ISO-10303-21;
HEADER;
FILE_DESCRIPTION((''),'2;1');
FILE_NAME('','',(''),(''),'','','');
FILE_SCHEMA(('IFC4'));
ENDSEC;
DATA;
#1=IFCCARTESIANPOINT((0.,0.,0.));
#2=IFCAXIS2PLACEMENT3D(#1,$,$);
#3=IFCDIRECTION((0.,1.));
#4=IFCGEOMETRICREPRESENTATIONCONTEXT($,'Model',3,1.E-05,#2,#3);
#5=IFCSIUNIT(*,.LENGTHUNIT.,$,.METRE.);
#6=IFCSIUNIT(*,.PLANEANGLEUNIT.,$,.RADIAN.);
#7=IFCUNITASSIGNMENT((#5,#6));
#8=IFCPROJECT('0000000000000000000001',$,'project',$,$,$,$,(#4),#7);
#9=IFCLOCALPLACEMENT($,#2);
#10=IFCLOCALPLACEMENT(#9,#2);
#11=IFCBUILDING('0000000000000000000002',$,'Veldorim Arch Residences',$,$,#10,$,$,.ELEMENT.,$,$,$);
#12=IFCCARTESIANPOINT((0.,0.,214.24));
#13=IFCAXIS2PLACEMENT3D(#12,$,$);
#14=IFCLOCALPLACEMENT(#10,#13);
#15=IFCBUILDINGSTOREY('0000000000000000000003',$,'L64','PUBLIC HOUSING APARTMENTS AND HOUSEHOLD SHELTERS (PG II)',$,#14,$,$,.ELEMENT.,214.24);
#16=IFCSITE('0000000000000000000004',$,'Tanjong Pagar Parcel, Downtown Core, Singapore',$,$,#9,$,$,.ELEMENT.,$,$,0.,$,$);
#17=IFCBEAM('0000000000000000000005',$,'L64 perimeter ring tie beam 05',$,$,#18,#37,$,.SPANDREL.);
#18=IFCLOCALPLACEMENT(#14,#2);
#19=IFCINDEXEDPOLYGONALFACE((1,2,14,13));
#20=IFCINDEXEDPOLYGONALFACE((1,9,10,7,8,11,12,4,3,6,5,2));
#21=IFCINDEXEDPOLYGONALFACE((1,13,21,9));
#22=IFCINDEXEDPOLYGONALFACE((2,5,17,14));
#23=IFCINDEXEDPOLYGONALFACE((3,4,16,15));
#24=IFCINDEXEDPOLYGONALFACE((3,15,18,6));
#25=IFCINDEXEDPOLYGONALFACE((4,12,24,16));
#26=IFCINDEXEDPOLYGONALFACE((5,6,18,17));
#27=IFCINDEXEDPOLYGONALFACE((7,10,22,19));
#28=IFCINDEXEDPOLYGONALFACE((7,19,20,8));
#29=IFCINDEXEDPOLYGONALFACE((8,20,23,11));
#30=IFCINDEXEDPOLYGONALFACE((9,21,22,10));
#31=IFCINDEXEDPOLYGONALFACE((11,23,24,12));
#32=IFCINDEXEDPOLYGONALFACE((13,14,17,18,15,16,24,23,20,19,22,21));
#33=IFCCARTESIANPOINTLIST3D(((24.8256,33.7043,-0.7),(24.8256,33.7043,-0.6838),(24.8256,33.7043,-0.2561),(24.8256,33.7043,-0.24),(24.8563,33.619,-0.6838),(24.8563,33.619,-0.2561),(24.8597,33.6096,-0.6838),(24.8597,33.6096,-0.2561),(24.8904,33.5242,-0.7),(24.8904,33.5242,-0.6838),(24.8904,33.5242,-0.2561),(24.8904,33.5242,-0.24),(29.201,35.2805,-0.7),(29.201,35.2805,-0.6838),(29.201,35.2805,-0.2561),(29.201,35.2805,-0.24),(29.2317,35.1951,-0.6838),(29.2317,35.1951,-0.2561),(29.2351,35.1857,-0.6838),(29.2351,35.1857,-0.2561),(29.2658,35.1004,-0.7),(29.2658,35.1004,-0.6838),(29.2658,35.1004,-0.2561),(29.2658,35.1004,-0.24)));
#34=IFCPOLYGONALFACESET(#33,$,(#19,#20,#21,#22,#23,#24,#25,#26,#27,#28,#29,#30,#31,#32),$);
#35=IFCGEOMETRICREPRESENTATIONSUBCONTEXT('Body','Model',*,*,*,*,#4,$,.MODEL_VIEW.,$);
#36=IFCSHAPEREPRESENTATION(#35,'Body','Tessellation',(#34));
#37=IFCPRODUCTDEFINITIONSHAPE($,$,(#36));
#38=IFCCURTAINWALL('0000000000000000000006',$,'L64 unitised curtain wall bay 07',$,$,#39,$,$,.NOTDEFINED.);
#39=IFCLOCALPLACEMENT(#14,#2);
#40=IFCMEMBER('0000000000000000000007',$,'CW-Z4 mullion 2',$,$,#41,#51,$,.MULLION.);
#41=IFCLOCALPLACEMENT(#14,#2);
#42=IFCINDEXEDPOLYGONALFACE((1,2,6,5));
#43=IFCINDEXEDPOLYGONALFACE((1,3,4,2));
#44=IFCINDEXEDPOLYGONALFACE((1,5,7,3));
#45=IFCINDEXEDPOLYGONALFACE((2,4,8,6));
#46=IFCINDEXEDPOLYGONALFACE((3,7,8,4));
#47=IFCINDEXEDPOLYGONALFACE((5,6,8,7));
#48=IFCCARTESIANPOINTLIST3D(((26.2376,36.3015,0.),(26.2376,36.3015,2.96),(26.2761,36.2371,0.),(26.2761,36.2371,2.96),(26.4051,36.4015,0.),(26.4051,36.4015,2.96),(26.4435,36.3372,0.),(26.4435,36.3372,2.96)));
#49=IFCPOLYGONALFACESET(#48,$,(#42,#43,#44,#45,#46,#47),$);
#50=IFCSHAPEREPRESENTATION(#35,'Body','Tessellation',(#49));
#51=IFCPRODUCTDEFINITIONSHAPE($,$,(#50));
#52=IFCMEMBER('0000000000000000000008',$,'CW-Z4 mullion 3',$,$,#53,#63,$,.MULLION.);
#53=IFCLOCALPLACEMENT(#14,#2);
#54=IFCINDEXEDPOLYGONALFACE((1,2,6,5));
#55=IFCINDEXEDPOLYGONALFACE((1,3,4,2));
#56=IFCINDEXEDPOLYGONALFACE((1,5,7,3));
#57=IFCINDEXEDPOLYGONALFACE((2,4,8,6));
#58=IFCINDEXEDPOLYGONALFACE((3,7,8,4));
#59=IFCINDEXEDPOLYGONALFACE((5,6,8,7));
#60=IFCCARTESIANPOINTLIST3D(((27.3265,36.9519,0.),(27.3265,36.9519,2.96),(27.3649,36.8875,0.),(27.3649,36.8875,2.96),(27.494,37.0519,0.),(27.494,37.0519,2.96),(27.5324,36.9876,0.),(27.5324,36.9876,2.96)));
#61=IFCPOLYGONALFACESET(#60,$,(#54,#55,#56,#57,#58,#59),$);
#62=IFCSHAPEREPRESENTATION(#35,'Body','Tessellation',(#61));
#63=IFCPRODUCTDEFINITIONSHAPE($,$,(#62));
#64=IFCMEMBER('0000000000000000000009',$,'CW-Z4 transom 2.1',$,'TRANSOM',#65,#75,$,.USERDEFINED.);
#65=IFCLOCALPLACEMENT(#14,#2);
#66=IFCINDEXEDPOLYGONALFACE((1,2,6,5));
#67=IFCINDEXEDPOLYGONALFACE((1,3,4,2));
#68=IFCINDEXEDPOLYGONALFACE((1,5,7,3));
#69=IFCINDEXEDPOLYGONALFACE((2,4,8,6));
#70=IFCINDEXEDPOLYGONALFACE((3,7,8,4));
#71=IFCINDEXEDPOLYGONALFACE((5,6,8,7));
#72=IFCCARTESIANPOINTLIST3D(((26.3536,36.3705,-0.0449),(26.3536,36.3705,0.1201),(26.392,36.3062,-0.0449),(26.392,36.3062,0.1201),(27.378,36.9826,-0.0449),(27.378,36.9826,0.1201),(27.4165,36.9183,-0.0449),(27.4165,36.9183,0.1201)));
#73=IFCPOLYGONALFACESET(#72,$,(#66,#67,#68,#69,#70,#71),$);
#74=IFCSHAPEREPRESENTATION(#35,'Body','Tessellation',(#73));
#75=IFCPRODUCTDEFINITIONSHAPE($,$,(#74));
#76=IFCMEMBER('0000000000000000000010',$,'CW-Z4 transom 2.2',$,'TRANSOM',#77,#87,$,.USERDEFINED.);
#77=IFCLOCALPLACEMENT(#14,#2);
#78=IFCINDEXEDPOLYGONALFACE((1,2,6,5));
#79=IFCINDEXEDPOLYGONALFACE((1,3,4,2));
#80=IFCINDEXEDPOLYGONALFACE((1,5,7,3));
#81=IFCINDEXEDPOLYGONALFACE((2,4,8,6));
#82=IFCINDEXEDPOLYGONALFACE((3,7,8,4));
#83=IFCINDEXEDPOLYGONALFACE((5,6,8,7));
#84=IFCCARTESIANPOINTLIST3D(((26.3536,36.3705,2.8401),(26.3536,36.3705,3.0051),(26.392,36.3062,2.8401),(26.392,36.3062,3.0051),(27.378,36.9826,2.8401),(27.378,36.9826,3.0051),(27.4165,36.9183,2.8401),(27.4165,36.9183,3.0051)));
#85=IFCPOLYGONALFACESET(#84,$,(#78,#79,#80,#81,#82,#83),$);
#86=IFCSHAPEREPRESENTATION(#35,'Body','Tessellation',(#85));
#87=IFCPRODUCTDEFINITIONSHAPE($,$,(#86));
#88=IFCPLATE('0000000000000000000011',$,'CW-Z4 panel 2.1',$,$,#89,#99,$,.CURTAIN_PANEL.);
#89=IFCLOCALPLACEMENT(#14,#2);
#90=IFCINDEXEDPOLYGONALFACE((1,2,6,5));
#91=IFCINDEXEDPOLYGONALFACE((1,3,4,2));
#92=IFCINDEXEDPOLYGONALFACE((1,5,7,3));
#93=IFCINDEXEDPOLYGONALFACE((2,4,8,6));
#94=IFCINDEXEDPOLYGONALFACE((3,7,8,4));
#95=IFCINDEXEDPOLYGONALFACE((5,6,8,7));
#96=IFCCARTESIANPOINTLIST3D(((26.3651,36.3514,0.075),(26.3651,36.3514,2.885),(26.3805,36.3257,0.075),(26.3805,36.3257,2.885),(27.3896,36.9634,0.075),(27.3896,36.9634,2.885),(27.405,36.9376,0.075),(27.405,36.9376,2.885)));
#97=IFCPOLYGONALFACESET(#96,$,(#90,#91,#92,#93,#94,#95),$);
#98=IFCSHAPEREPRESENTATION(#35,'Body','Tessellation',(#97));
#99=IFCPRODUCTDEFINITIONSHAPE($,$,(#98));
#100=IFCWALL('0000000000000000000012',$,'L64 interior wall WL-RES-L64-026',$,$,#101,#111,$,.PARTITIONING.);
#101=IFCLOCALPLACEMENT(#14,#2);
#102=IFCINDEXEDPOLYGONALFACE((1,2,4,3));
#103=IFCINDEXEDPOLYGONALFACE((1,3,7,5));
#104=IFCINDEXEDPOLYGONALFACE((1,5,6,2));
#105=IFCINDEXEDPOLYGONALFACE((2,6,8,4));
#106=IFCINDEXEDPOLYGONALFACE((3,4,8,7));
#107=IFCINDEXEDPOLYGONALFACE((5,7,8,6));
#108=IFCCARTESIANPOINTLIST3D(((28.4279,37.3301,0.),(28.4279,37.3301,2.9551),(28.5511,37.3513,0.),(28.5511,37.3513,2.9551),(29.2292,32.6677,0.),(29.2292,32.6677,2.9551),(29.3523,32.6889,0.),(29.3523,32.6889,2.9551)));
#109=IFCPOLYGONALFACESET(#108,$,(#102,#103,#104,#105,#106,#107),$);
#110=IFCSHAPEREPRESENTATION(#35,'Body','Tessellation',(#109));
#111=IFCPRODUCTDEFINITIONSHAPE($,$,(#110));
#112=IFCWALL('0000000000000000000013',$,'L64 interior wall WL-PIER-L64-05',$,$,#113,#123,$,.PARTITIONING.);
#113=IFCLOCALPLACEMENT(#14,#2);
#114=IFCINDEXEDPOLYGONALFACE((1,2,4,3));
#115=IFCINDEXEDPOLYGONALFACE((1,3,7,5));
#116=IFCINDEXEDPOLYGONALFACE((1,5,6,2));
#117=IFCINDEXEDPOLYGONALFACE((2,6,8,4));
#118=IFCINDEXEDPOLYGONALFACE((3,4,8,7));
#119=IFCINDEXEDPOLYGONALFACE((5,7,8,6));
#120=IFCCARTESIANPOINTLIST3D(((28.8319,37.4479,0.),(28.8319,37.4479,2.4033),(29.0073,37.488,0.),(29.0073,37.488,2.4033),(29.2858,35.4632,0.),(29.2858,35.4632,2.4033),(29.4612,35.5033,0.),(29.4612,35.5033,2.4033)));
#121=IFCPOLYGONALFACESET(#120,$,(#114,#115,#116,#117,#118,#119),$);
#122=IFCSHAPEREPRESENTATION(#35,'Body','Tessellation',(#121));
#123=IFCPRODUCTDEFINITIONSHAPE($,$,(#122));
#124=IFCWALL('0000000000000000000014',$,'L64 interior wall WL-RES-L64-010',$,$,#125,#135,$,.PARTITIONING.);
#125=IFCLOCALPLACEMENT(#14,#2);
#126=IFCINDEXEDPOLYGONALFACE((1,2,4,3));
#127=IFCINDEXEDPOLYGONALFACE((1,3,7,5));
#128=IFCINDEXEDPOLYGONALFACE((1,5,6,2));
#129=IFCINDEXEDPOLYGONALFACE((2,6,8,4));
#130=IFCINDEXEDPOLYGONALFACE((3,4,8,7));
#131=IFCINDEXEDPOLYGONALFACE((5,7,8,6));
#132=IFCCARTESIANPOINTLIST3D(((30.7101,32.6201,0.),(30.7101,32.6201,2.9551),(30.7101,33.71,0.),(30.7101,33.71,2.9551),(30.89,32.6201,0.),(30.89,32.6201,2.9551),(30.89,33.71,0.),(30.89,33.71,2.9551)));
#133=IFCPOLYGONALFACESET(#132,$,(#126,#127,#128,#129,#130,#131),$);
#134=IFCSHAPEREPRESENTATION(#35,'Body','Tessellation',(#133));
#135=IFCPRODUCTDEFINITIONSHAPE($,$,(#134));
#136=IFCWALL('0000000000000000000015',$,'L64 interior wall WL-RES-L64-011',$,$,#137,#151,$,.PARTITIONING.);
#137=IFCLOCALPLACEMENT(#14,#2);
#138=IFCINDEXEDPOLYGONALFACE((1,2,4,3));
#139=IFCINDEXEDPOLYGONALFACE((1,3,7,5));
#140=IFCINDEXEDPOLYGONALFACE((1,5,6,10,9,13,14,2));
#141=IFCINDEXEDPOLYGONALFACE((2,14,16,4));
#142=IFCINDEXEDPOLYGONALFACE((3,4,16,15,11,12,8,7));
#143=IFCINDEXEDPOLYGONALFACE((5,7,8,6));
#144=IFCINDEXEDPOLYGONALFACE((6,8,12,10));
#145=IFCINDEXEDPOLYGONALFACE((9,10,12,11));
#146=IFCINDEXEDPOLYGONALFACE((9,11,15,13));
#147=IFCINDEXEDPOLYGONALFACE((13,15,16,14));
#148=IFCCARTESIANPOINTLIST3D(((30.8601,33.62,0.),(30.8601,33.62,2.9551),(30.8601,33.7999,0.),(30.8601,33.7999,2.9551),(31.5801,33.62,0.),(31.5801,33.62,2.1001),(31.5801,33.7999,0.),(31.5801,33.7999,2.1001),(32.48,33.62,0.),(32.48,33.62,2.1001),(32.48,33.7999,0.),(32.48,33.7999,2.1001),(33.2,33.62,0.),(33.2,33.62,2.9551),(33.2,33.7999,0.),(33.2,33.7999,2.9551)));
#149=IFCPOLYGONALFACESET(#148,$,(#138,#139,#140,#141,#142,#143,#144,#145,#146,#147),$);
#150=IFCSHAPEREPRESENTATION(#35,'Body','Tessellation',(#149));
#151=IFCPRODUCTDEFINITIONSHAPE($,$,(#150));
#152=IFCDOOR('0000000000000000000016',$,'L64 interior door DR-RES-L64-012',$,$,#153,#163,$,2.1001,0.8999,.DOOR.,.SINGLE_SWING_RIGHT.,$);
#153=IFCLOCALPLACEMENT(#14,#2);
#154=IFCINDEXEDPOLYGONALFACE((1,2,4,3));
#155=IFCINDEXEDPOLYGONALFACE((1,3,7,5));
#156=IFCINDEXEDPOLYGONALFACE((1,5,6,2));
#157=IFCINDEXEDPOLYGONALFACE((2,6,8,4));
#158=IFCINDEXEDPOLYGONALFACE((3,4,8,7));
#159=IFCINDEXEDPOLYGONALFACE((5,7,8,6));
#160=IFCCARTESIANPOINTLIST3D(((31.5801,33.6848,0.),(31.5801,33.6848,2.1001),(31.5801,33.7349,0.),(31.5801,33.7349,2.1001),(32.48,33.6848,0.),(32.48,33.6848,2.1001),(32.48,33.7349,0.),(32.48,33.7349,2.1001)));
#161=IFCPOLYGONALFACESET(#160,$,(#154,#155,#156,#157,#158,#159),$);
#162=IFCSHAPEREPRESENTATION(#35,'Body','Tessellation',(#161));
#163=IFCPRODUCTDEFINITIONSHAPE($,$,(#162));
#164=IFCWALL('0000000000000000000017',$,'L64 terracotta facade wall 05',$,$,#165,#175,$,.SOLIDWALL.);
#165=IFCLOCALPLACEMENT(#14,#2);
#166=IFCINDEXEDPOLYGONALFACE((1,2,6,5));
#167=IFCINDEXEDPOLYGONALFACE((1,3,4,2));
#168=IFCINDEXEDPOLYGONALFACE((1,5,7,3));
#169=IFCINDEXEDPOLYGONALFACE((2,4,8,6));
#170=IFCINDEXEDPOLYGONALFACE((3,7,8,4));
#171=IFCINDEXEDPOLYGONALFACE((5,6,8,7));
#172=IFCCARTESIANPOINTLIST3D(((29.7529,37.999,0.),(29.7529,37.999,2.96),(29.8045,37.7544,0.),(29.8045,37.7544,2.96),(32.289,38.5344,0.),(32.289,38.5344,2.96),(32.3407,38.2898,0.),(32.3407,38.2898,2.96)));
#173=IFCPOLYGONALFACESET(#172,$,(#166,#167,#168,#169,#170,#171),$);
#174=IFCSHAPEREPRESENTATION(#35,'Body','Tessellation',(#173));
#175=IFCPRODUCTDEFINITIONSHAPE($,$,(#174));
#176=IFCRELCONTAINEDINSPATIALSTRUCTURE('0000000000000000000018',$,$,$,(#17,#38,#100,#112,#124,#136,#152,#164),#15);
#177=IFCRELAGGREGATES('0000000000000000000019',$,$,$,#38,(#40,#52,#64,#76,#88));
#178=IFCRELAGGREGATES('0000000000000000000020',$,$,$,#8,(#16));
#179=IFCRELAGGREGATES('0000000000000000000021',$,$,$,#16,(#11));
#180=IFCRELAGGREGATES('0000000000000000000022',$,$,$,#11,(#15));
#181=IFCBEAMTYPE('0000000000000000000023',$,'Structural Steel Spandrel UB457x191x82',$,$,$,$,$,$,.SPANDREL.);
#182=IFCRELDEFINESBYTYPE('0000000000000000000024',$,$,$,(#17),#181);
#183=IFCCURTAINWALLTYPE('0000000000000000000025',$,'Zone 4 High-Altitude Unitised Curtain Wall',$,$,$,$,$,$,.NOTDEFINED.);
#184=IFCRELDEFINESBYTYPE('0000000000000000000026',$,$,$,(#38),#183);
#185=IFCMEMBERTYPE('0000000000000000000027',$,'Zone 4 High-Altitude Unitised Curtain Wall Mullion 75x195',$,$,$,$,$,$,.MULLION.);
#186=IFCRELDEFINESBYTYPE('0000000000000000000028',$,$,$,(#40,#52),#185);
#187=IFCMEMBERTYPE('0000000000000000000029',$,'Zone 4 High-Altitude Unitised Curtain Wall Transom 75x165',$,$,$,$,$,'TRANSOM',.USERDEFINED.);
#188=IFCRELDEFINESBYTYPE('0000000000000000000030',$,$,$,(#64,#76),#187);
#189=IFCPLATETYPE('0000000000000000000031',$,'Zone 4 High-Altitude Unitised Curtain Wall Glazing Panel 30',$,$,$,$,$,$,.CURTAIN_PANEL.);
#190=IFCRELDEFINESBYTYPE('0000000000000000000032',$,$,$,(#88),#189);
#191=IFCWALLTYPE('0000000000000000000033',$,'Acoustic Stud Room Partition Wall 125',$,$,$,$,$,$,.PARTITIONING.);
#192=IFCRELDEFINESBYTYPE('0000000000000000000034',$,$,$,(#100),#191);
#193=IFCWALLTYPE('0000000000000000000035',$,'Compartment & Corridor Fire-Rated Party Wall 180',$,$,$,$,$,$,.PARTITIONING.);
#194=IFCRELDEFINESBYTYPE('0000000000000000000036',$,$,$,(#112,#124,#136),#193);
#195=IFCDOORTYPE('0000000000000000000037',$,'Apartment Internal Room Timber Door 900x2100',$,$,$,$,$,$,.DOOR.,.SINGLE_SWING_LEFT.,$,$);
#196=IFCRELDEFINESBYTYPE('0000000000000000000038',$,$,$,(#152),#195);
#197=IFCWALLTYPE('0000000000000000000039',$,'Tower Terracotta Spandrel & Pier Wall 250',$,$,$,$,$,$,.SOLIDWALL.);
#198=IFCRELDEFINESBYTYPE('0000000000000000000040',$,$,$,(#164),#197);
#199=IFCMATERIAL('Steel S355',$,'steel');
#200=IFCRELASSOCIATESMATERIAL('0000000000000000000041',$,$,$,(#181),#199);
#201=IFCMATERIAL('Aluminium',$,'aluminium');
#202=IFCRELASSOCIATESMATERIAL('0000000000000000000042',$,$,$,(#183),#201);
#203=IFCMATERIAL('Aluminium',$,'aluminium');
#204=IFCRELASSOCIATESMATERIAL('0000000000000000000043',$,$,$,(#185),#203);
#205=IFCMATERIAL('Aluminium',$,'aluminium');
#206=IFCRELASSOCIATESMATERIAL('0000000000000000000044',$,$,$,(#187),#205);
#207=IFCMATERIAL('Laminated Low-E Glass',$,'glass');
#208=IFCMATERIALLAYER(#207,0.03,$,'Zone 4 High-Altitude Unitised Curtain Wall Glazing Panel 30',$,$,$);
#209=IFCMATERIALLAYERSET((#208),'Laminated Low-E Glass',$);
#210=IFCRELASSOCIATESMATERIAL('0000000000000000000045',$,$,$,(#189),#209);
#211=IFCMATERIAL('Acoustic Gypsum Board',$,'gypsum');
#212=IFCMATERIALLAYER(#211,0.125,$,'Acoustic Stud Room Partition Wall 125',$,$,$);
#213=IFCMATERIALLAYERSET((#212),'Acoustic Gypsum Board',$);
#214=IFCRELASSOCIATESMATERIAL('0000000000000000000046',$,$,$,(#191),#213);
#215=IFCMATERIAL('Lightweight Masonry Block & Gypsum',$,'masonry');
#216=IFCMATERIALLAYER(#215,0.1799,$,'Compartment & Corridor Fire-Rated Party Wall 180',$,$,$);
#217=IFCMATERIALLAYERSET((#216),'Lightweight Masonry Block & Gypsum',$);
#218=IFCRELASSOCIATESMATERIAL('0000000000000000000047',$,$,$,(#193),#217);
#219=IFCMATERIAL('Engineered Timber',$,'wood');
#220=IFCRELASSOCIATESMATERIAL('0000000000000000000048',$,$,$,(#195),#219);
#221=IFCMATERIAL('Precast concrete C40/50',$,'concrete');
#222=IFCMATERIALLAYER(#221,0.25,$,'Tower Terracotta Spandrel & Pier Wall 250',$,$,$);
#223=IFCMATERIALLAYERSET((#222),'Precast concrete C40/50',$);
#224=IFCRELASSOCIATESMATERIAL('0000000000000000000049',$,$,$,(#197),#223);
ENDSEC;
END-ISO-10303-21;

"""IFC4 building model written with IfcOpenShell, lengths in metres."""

from ifc_helpers import new_model, si_unit, direction, frame, frame_2d, origin, origin_2d, place, context, subcontext, project, spatial, rectangle, i_section, extrude, material, layer, layer_set, material_profile, profile_set, type_object, element, fill, aggregate, save


model = new_model("IFC4")

# Units and contexts
model_context = context("Model", 3, precision=1e-05, world=origin(), true_north=direction((0.0, 1.0)))
body_context = subcontext(model_context, "Body", "Model", "MODEL_VIEW")
ifc_project = project(units=[si_unit("LENGTHUNIT", "METRE"), si_unit("PLANEANGLEUNIT", "RADIAN")], contexts=[model_context])

# Site, building, storey
site_placement = place(None, origin())
site = spatial("IfcSite", under=ifc_project, at=site_placement, Name="Tanjong Pagar Parcel, Downtown Core, Singapore", CompositionType="ELEMENT", RefElevation=0.0)
building_placement = place(site_placement, origin())
building = spatial("IfcBuilding", under=site, at=building_placement, Name="Veldorim Arch Residences", CompositionType="ELEMENT")
storey_placement = place(building_placement, frame((0.0, 0.0, 214.24)))
storey = spatial("IfcBuildingStorey", under=building, at=storey_placement, Name="L64", Description="PUBLIC HOUSING APARTMENTS AND HOUSEHOLD SHELTERS (PG II)", CompositionType="ELEMENT", Elevation=214.24)

# Beam
ifc_material_1 = material(Name="Steel S355", Category="steel")
ifc_material_profile_1 = material_profile(ifc_material_1, i_section(OverallWidth=0.1914, OverallDepth=0.46, WebThickness=0.01, FlangeThickness=0.0161, at=origin_2d()), Name="UB457x191x82")
ifc_profile_set_1 = profile_set([ifc_material_profile_1], Name="Steel S355")
beam_type_1 = type_object("IfcBeamType", Name="Structural Steel Spandrel UB457x191x82", PredefinedType="SPANDREL", material=ifc_profile_set_1)
beam_1_placement = place(storey_placement, frame((29.2334, 35.1904, -0.47), z_axis=(-0.940819, -0.338909, 0.0), x_axis=(0.338909, -0.940819, 0.0)))
element("IfcBeam", 1, at=beam_1_placement, inside=storey, type_object=beam_type_1, Name="L64 perimeter ring tie beam 05", PredefinedType="SPANDREL", context=body_context, shape_type="SweptSolid", body=[
    extrude(i_section(OverallWidth=0.1914, OverallDepth=0.46, WebThickness=0.01, FlangeThickness=0.0161, at=origin_2d()), origin(), (0.0, 0.0, 1.0), 4.6506),
])

# Curtain wall, members, plate
ifc_material_2 = material(Name="Aluminium", Category="aluminium")
curtain_wall_type = type_object("IfcCurtainWallType", Name="Zone 4 High-Altitude Unitised Curtain Wall", PredefinedType="NOTDEFINED", material=ifc_material_2)
curtain_wall_placement = place(storey_placement, origin())
curtain_wall = element("IfcCurtainWall", 2, at=curtain_wall_placement, inside=storey, type_object=curtain_wall_type, Name="L64 unitised curtain wall bay 07", PredefinedType="NOTDEFINED")
ifc_material_3 = material(Name="Aluminium", Category="aluminium")
ifc_material_profile_2 = material_profile(ifc_material_3, rectangle(XDim=0.075, YDim=0.1951, at=origin_2d()), Name="ALU_MUL_75x195")
ifc_profile_set_2 = profile_set([ifc_material_profile_2], Name="Aluminium")
member_type_1 = type_object("IfcMemberType", Name="Zone 4 High-Altitude Unitised Curtain Wall Mullion 75x195", PredefinedType="MULLION", material=ifc_profile_set_2)
member_1_placement = place(storey_placement, frame((26.3406, 36.3193, 0.0), z_axis=(0.0, 0.0, 1.0), x_axis=(-0.512817, 0.858498, 0.0)))
member_1 = element("IfcMember", 3, at=member_1_placement, type_object=member_type_1, Name="CW-Z4 mullion 2", PredefinedType="MULLION", context=body_context, shape_type="SweptSolid", body=[
    extrude(rectangle(XDim=0.075, YDim=0.1951, at=origin_2d()), origin(), (0.0, 0.0, 1.0), 2.96),
])
member_2_placement = place(storey_placement, frame((27.4294, 36.9697, 0.0), z_axis=(0.0, 0.0, 1.0), x_axis=(-0.512817, 0.858498, 0.0)))
member_2 = element("IfcMember", 4, at=member_2_placement, type_object=member_type_1, Name="CW-Z4 mullion 3", PredefinedType="MULLION", context=body_context, shape_type="SweptSolid", body=[
    extrude(rectangle(XDim=0.075, YDim=0.1951, at=origin_2d()), origin(), (0.0, 0.0, 1.0), 2.96),
])
ifc_material_4 = material(Name="Aluminium", Category="aluminium")
ifc_material_profile_3 = material_profile(ifc_material_4, rectangle(XDim=0.075, YDim=0.165, at=origin_2d()), Name="ALU_TRN_75x165")
ifc_profile_set_3 = profile_set([ifc_material_profile_3], Name="Aluminium")
member_type_2 = type_object("IfcMemberType", Name="Zone 4 High-Altitude Unitised Curtain Wall Transom 75x165", ElementType="TRANSOM", PredefinedType="USERDEFINED", material=ifc_profile_set_3)
member_3_placement = place(storey_placement, frame((26.3728, 36.3384, 0.0376), z_axis=(0.858448, 0.5129, 0.0), x_axis=(-0.5129, 0.858448, 0.0)))
member_3 = element("IfcMember", 5, at=member_3_placement, type_object=member_type_2, Name="CW-Z4 transom 2.1", ObjectType="TRANSOM", PredefinedType="USERDEFINED", context=body_context, shape_type="SweptSolid", body=[
    extrude(rectangle(XDim=0.075, YDim=0.165, at=origin_2d()), origin(), (0.0, 0.0, 1.0), 1.1934),
])
member_4_placement = place(storey_placement, frame((26.3728, 36.3384, 2.9226), z_axis=(0.858448, 0.5129, 0.0), x_axis=(-0.5129, 0.858448, 0.0)))
member_4 = element("IfcMember", 6, at=member_4_placement, type_object=member_type_2, Name="CW-Z4 transom 2.2", ObjectType="TRANSOM", PredefinedType="USERDEFINED", context=body_context, shape_type="SweptSolid", body=[
    extrude(rectangle(XDim=0.075, YDim=0.165, at=origin_2d()), origin(), (0.0, 0.0, 1.0), 1.1934),
])
ifc_material_5 = material(Name="Laminated Low-E Glass", Category="glass")
ifc_layer_1 = layer(ifc_material_5, 0.03, Name="Zone 4 High-Altitude Unitised Curtain Wall Glazing Panel 30")
ifc_layer_set_1 = layer_set([ifc_layer_1], Name="Laminated Low-E Glass")
plate_type = type_object("IfcPlateType", Name="Zone 4 High-Altitude Unitised Curtain Wall Glazing Panel 30", PredefinedType="CURTAIN_PANEL", material=ifc_layer_set_1)
plate_placement = place(storey_placement, frame((26.885, 36.6445, 0.075), z_axis=(0.0, 0.0, 1.0), x_axis=(0.858498, 0.512817, 0.0)))
plate = element("IfcPlate", 7, at=plate_placement, type_object=plate_type, Name="CW-Z4 panel 2.1", PredefinedType="CURTAIN_PANEL", context=body_context, shape_type="SweptSolid", body=[
    extrude(rectangle(XDim=1.1934, YDim=0.03, at=origin_2d()), origin(), (0.0, 0.0, 1.0), 2.8101),
])
aggregate(curtain_wall, [member_1, member_2, member_3, member_4, plate])

# Walls
ifc_material_6 = material(Name="Acoustic Gypsum Board", Category="gypsum")
ifc_layer_2 = layer(ifc_material_6, 0.125, Name="Acoustic Stud Room Partition Wall 125")
ifc_layer_set_2 = layer_set([ifc_layer_2], Name="Acoustic Gypsum Board")
wall_type_1 = type_object("IfcWallType", Name="Acoustic Stud Room Partition Wall 125", PredefinedType="PARTITIONING", material=ifc_layer_set_2)
wall_1_placement = place(storey_placement, frame((28.4895, 37.3406, 0.0), z_axis=(0.0, 0.0, 1.0), x_axis=(0.169376, -0.985551, 0.0)))
element("IfcWall", 8, at=wall_1_placement, inside=storey, type_object=wall_type_1, Name="L64 interior wall WL-RES-L64-026", PredefinedType="PARTITIONING", context=body_context, shape_type="SweptSolid", body=[
    extrude(rectangle(XDim=4.7307, YDim=0.125, at=frame_2d((2.3652, 0.0))), origin(), (0.0, 0.0, 1.0), 2.9551),
])
ifc_material_7 = material(Name="Lightweight Masonry Block & Gypsum", Category="masonry")
ifc_layer_3 = layer(ifc_material_7, 0.1799, Name="Compartment & Corridor Fire-Rated Party Wall 180")
ifc_layer_set_3 = layer_set([ifc_layer_3], Name="Lightweight Masonry Block & Gypsum")
wall_type_2 = type_object("IfcWallType", Name="Compartment & Corridor Fire-Rated Party Wall 180", PredefinedType="PARTITIONING", material=ifc_layer_set_3)
wall_2_placement = place(storey_placement, frame((29.3735, 35.4832, 0.0), z_axis=(0.0, 0.0, 1.0), x_axis=(-0.222932, 0.974834, 0.0)))
element("IfcWall", 9, at=wall_2_placement, inside=storey, type_object=wall_type_2, Name="L64 interior wall WL-PIER-L64-05", PredefinedType="PARTITIONING", context=body_context, shape_type="SweptSolid", body=[
    extrude(rectangle(XDim=2.0359, YDim=0.1799, at=frame_2d((1.0181, 0.0))), origin(), (0.0, 0.0, 1.0), 2.4033),
])
wall_3_placement = place(storey_placement, frame((30.8, 32.6201, 0.0), z_axis=(0.0, 0.0, 1.0), x_axis=(0.0, 1.0, 0.0)))
element("IfcWall", 10, at=wall_3_placement, inside=storey, type_object=wall_type_2, Name="L64 interior wall WL-RES-L64-010", PredefinedType="PARTITIONING", context=body_context, shape_type="SweptSolid", body=[
    extrude(rectangle(XDim=1.0898, YDim=0.1799, at=frame_2d((0.5449, 0.0))), origin(), (0.0, 0.0, 1.0), 2.9551),
])

# Wall, opening, door
wall_4_placement = place(storey_placement, frame((30.8601, 33.71, 0.0), z_axis=(0.0, 0.0, 1.0), x_axis=(1.0, 0.0, 0.0)))
wall_4 = element("IfcWall", 11, at=wall_4_placement, inside=storey, type_object=wall_type_2, Name="L64 interior wall WL-RES-L64-011", PredefinedType="PARTITIONING", context=body_context, shape_type="SweptSolid", body=[
    extrude(rectangle(XDim=2.3398, YDim=0.1799, at=frame_2d((1.1699, 0.0))), origin(), (0.0, 0.0, 1.0), 2.9551),
])
opening_placement = place(wall_4_placement, frame((0.72, 0.0, 0.0)))
opening = element("IfcOpeningElement", 12, at=opening_placement, cuts=wall_4, PredefinedType="OPENING", context=body_context, shape_type="SweptSolid", body=[
    extrude(rectangle(XDim=0.8999, YDim=2.1001, at=frame_2d((0.45, 1.05))), frame((0.0, 0.0999, 0.0), z_axis=(0.0, -1.0, 0.0), x_axis=(1.0, 0.0, 0.0)), (0.0, 0.0, 1.0), 0.2),
])
ifc_material_8 = material(Name="Engineered Timber", Category="wood")
door_type = type_object("IfcDoorType", Name="Apartment Internal Room Timber Door 900x2100", OperationType="SINGLE_SWING_LEFT", PredefinedType="DOOR", material=ifc_material_8)
door_placement = place(opening_placement, origin())
door = element("IfcDoor", 13, at=door_placement, inside=storey, type_object=door_type, Name="L64 interior door DR-RES-L64-012", OperationType="SINGLE_SWING_RIGHT", OverallHeight=2.1001, OverallWidth=0.8999, PredefinedType="DOOR", context=body_context, shape_type="SweptSolid", body=[
    extrude(rectangle(XDim=0.8999, YDim=2.1001, at=frame_2d((0.45, 1.05))), frame((0.0, 0.0249, 0.0), z_axis=(0.0, -1.0, 0.0), x_axis=(1.0, 0.0, 0.0)), (0.0, 0.0, 1.0), 0.05),
])
fill(opening, door)

# Wall
ifc_material_9 = material(Name="Precast concrete C40/50", Category="concrete")
ifc_layer_4 = layer(ifc_material_9, 0.25, Name="Tower Terracotta Spandrel & Pier Wall 250")
ifc_layer_set_4 = layer_set([ifc_layer_4], Name="Precast concrete C40/50")
wall_type_3 = type_object("IfcWallType", Name="Tower Terracotta Spandrel & Pier Wall 250", PredefinedType="SOLIDWALL", material=ifc_layer_set_4)
wall_5_placement = place(storey_placement, frame((29.7788, 37.8767, 0.0), z_axis=(0.0, 0.0, 1.0), x_axis=(0.978435, 0.206556, 0.0)))
element("IfcWall", 14, at=wall_5_placement, inside=storey, type_object=wall_type_3, Name="L64 terracotta facade wall 05", PredefinedType="SOLIDWALL", context=body_context, shape_type="SweptSolid", body=[
    extrude(rectangle(XDim=2.592, YDim=0.25, at=frame_2d((1.2959, 0.0))), origin(), (0.0, 0.0, 1.0), 2.96),
])

save(model, "model.ifc")
